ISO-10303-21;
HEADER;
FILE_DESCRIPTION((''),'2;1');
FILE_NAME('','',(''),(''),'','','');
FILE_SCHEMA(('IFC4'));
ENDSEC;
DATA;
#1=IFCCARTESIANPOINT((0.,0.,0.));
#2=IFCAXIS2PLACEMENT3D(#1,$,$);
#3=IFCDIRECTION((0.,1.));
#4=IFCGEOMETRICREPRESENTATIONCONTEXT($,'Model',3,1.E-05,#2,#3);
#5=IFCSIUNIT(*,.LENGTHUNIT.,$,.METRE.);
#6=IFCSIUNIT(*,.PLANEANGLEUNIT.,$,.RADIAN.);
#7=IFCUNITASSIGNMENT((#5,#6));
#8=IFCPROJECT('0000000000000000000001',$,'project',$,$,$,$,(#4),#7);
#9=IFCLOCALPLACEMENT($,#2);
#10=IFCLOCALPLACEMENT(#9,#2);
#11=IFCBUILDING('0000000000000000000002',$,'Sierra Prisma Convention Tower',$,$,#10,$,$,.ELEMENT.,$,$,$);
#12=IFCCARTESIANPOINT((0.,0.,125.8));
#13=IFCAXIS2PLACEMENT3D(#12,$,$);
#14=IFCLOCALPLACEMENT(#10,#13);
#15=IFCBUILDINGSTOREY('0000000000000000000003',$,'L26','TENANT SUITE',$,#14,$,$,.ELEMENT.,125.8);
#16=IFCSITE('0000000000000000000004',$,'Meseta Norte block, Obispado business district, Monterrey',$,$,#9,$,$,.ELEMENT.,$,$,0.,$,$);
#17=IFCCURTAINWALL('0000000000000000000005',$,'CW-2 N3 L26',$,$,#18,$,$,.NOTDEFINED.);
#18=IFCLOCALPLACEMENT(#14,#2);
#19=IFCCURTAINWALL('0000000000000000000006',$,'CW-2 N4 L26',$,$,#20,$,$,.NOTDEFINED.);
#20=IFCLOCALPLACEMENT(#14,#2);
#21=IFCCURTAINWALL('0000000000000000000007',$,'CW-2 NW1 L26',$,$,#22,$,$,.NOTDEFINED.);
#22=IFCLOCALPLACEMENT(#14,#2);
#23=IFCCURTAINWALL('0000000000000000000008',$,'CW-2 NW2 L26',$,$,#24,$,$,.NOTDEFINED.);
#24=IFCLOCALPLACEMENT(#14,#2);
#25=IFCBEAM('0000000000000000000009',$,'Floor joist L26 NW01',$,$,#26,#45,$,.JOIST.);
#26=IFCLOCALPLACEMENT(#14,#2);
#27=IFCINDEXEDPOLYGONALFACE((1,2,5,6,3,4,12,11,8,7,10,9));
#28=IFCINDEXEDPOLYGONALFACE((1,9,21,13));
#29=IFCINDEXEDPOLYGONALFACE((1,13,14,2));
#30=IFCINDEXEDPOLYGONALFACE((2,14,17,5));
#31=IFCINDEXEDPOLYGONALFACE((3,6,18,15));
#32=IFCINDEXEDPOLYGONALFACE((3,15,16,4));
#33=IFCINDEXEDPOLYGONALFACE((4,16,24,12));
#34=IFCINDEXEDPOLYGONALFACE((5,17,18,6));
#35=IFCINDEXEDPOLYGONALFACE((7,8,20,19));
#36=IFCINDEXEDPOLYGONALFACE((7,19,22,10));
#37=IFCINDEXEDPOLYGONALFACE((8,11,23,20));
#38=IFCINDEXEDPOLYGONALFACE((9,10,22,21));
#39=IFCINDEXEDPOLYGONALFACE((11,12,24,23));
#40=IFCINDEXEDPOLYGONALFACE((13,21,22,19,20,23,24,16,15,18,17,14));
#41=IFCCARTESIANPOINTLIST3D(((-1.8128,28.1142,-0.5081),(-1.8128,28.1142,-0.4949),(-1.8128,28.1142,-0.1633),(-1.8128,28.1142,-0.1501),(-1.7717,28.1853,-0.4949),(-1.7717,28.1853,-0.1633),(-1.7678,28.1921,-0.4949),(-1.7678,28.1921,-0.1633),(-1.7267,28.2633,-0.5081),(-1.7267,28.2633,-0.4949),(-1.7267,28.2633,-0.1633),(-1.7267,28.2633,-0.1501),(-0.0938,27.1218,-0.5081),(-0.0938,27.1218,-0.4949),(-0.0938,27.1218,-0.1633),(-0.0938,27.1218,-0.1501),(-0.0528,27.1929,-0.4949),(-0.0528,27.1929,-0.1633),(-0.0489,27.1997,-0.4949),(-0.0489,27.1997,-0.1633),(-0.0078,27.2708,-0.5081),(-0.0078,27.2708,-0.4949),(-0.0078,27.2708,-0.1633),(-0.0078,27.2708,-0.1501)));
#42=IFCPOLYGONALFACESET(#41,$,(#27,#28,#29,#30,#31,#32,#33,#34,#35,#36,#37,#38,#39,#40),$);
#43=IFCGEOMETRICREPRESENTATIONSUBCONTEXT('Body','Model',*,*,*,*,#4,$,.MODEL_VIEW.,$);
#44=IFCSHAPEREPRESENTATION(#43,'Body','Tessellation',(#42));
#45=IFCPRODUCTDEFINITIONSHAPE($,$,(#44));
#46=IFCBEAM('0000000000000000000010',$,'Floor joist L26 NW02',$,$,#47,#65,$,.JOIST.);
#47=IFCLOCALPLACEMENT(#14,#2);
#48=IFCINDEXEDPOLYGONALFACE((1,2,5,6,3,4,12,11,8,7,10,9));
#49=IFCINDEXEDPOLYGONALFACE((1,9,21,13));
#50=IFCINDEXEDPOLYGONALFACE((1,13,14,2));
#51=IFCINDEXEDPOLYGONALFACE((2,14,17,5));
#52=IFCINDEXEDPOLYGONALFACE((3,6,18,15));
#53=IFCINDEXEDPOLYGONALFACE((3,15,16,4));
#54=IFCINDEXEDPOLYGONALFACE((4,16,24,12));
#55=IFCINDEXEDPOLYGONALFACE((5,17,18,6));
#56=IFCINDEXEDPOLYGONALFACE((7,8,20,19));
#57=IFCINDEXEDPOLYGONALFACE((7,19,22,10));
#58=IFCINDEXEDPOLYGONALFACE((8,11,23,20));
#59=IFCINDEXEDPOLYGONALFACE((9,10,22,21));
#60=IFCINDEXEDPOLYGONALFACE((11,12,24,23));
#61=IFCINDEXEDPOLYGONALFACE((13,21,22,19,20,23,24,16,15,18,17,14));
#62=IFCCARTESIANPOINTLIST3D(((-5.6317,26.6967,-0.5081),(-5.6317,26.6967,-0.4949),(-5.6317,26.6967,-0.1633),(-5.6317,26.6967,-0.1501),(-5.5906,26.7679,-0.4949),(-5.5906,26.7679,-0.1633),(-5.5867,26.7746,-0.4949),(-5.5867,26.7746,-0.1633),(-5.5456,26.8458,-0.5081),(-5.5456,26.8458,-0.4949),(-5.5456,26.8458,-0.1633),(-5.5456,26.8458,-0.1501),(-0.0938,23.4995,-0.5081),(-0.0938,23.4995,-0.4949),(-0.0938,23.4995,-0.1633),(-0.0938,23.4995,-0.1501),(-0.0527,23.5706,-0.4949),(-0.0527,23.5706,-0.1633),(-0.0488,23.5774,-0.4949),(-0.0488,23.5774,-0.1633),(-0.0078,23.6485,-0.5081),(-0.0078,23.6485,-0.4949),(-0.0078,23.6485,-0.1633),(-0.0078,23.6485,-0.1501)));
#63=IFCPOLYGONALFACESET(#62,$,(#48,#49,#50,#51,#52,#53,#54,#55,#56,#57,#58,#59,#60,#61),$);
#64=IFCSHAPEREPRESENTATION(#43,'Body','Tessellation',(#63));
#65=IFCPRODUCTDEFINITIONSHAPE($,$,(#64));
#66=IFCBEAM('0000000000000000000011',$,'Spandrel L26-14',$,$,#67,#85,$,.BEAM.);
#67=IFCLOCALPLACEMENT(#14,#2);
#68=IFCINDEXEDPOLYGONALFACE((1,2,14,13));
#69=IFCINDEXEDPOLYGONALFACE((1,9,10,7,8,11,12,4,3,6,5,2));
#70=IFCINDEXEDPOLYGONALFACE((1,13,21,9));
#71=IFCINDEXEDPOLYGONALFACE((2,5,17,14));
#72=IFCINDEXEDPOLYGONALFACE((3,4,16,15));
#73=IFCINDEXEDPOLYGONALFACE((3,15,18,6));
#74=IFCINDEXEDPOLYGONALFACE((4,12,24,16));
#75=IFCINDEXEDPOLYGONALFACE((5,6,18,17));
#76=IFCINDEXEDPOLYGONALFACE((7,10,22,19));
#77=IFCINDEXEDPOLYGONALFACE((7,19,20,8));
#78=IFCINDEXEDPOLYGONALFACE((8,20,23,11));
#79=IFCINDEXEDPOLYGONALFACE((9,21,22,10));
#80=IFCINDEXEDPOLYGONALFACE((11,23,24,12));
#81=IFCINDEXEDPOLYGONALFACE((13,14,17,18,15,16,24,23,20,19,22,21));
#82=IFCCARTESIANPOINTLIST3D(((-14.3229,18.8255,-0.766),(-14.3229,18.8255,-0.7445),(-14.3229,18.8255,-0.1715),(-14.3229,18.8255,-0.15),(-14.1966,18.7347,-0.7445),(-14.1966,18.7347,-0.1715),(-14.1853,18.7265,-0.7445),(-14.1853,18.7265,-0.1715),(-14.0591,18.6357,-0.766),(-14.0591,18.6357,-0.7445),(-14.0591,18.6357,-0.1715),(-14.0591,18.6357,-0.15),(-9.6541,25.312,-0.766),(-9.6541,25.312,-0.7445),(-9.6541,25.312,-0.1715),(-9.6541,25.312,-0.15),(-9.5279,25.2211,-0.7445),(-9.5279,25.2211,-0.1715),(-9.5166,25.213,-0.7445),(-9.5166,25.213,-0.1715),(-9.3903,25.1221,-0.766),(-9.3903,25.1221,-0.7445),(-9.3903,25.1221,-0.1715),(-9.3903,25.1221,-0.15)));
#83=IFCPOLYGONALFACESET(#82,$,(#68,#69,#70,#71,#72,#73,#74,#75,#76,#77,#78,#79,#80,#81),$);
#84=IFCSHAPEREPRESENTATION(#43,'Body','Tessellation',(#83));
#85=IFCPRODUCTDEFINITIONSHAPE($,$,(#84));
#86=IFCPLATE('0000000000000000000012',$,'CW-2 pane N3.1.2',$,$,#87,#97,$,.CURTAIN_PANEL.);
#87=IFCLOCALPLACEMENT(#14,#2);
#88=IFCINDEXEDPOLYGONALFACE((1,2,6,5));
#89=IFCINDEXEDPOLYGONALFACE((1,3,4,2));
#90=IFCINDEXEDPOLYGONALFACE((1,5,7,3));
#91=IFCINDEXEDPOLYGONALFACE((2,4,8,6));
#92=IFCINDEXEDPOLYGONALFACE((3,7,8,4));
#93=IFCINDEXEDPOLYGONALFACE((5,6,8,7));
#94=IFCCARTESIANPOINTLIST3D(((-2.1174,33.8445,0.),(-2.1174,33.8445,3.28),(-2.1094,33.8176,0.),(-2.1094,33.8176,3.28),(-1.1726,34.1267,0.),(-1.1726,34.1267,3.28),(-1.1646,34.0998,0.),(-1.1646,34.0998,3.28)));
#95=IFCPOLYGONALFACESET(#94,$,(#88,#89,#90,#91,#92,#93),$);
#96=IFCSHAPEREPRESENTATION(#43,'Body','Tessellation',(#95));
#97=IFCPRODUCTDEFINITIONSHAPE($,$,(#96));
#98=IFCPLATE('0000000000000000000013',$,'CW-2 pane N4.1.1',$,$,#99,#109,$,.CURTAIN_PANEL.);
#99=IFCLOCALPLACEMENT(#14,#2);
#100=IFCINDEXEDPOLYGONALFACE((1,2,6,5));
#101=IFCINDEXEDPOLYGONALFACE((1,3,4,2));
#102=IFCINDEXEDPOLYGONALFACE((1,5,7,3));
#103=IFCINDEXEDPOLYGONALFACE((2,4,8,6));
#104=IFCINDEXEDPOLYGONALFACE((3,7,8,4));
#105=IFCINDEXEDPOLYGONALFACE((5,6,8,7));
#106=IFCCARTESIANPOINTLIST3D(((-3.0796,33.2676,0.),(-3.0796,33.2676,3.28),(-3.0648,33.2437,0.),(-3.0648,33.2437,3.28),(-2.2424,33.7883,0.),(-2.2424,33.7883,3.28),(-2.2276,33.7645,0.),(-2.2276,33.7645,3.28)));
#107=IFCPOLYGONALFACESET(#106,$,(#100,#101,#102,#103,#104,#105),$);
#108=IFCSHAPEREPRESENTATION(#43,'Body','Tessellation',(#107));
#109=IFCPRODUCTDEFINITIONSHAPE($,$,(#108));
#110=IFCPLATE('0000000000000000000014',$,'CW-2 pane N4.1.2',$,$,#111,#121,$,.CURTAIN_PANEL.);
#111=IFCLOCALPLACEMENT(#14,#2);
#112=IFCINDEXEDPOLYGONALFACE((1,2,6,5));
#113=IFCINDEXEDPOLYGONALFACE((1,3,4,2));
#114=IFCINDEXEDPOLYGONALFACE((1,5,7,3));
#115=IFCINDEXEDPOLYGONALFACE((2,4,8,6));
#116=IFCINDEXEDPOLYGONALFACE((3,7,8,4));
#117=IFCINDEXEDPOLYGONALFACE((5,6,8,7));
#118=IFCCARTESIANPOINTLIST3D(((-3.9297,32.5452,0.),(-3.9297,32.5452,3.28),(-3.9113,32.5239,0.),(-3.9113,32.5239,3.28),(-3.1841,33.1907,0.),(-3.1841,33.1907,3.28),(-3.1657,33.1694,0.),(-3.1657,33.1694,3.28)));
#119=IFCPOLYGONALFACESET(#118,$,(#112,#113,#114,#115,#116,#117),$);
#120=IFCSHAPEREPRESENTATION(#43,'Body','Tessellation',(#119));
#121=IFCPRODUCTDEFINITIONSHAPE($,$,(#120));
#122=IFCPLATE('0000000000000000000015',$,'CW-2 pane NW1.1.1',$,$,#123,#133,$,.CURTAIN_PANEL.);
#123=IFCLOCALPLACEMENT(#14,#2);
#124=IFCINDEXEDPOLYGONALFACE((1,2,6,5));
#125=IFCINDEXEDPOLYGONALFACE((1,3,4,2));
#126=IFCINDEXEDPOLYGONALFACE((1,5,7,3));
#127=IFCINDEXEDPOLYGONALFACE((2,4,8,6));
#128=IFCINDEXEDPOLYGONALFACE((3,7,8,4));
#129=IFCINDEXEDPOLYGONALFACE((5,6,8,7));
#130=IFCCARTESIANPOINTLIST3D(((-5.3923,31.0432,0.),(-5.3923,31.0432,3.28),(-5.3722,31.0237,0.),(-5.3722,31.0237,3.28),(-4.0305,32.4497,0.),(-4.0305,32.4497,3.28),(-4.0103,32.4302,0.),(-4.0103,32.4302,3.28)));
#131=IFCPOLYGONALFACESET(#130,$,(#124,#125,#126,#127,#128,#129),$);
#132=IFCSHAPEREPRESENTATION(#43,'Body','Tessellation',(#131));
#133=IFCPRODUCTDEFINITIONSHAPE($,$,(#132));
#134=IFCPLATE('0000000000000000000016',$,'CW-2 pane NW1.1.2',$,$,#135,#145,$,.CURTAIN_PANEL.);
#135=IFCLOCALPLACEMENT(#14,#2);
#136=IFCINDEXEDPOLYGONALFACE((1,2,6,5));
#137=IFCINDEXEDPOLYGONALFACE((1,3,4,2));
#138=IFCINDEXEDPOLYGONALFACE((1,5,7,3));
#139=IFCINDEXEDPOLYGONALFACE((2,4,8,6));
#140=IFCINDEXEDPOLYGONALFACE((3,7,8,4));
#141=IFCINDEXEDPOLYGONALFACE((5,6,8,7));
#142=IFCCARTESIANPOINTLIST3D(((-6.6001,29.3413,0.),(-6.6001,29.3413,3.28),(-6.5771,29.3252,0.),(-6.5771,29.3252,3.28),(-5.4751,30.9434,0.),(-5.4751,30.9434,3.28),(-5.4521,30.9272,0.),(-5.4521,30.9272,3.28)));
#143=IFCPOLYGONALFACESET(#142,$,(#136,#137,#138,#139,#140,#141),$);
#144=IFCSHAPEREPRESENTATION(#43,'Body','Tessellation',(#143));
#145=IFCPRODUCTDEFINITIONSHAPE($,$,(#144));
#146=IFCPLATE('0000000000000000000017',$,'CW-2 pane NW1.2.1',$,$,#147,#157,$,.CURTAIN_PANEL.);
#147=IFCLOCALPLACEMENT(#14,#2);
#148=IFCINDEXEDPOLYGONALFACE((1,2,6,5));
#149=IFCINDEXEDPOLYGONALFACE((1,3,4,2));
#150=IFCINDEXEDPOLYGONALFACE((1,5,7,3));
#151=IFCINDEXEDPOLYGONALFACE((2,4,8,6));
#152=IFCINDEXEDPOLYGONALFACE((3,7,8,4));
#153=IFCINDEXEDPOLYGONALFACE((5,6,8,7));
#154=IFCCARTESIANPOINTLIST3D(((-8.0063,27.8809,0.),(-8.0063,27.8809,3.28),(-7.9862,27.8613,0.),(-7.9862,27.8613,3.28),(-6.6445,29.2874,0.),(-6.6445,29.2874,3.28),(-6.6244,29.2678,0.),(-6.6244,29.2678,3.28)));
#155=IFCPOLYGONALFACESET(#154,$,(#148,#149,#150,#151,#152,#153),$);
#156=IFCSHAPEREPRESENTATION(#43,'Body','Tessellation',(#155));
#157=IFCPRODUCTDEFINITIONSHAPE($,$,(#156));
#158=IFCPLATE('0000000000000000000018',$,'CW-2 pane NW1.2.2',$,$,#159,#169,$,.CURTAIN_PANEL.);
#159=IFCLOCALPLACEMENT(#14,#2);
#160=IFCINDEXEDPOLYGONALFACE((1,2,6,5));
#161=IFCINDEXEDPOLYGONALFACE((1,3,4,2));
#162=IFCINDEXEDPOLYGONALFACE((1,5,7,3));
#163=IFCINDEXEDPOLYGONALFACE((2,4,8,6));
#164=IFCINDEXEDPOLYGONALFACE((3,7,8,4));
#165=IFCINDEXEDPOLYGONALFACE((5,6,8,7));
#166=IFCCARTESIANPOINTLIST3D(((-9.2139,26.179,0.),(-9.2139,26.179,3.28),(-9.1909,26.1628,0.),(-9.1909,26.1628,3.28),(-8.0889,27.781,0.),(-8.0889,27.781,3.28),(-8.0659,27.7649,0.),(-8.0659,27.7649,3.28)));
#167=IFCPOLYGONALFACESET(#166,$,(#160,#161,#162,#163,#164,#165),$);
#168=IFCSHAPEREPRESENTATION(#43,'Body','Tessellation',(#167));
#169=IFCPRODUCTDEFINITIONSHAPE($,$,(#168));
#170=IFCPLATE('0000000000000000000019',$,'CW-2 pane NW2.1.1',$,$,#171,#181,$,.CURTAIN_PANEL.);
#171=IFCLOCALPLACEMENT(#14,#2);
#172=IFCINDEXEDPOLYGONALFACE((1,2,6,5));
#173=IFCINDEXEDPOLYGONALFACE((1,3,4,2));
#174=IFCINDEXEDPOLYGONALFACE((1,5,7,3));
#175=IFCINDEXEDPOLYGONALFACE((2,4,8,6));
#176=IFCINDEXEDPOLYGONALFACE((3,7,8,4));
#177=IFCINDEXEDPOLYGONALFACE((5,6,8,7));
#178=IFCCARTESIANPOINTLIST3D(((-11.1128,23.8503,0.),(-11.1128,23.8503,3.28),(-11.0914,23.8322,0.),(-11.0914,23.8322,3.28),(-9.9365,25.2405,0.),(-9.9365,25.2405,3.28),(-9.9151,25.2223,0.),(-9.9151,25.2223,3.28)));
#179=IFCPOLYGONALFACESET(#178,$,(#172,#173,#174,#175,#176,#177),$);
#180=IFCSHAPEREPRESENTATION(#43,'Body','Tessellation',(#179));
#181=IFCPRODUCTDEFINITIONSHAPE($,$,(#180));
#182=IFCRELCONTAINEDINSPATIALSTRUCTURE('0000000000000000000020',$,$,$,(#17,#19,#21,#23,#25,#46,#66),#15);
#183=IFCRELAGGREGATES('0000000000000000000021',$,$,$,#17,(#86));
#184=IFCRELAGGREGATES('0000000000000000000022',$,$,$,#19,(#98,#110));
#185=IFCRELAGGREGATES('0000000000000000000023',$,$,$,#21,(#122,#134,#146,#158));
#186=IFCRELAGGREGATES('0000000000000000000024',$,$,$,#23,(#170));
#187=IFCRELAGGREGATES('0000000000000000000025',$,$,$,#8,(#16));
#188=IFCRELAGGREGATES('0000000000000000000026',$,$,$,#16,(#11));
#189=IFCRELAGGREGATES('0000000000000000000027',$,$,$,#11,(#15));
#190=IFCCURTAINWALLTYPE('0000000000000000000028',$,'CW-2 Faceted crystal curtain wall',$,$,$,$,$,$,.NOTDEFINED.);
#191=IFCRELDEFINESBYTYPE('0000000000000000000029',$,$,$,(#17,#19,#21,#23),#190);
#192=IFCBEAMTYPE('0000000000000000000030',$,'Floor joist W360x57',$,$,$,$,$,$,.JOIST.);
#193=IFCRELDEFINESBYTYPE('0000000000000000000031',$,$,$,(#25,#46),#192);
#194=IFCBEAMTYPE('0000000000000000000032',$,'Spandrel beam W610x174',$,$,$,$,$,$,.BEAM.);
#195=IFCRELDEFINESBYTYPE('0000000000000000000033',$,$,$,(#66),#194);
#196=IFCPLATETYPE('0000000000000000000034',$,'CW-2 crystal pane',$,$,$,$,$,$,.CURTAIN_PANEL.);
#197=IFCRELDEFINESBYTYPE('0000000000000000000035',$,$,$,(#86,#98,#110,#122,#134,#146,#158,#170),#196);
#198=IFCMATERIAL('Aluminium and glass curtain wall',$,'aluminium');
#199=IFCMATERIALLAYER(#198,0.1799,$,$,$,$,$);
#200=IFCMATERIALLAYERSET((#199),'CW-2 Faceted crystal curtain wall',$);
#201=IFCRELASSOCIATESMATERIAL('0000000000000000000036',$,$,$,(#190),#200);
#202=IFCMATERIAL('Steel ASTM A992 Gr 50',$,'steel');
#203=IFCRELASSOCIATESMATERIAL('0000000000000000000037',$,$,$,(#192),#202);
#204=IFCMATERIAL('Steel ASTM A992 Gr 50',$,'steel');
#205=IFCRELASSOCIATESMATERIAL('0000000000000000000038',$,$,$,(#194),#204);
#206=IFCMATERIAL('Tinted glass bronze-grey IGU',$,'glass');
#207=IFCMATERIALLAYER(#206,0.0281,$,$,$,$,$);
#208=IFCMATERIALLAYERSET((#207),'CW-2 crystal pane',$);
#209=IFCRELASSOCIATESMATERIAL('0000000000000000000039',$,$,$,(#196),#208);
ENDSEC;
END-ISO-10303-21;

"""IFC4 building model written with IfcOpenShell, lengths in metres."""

from ifc_helpers import new_model, si_unit, direction, frame, origin, origin_2d, place, context, subcontext, project, spatial, polyline, i_section, outline, extrude, material, layer, layer_set, material_profile, profile_set, type_object, element, aggregate, save


model = new_model("IFC4")

# Units and contexts
model_context = context("Model", 3, precision=1e-05, world=origin(), true_north=direction((0.0, 1.0)))
body_context = subcontext(model_context, "Body", "Model", "MODEL_VIEW")
ifc_project = project(units=[si_unit("LENGTHUNIT", "METRE"), si_unit("PLANEANGLEUNIT", "RADIAN")], contexts=[model_context])

# Site, building, storey
site_placement = place(None, origin())
site = spatial("IfcSite", under=ifc_project, at=site_placement, Name="Meseta Norte block, Obispado business district, Monterrey", CompositionType="ELEMENT", RefElevation=0.0)
building_placement = place(site_placement, origin())
building = spatial("IfcBuilding", under=site, at=building_placement, Name="Sierra Prisma Convention Tower", CompositionType="ELEMENT")
storey_placement = place(building_placement, frame((0.0, 0.0, 125.8)))
storey = spatial("IfcBuildingStorey", under=building, at=storey_placement, Name="L26", Description="TENANT SUITE", CompositionType="ELEMENT", Elevation=125.8)

# Curtain walls
ifc_material_1 = material(Name="Aluminium and glass curtain wall", Category="aluminium")
ifc_layer_1 = layer(ifc_material_1, 0.1799)
ifc_layer_set_1 = layer_set([ifc_layer_1], Name="CW-2 Faceted crystal curtain wall")
curtain_wall_type = type_object("IfcCurtainWallType", Name="CW-2 Faceted crystal curtain wall", PredefinedType="NOTDEFINED", material=ifc_layer_set_1)
curtain_wall_1_placement = place(storey_placement, origin())
curtain_wall_1 = element("IfcCurtainWall", 1, at=curtain_wall_1_placement, inside=storey, type_object=curtain_wall_type, Name="CW-2 N3 L26", PredefinedType="NOTDEFINED")
curtain_wall_2_placement = place(storey_placement, origin())
curtain_wall_2 = element("IfcCurtainWall", 2, at=curtain_wall_2_placement, inside=storey, type_object=curtain_wall_type, Name="CW-2 N4 L26", PredefinedType="NOTDEFINED")

# Curtain wall
curtain_wall_3_placement = place(storey_placement, origin())
curtain_wall_3 = element("IfcCurtainWall", 3, at=curtain_wall_3_placement, inside=storey, type_object=curtain_wall_type, Name="CW-2 NW1 L26", PredefinedType="NOTDEFINED")

# Curtain wall
curtain_wall_4_placement = place(storey_placement, origin())
curtain_wall_4 = element("IfcCurtainWall", 4, at=curtain_wall_4_placement, inside=storey, type_object=curtain_wall_type, Name="CW-2 NW2 L26", PredefinedType="NOTDEFINED")

# Beams
ifc_material_2 = material(Name="Steel ASTM A992 Gr 50", Category="steel")
ifc_material_profile_1 = material_profile(ifc_material_2, i_section(OverallWidth=0.1721, OverallDepth=0.3579, WebThickness=0.0078, FlangeThickness=0.0132, at=origin_2d()), Name="W360x57")
ifc_profile_set_1 = profile_set([ifc_material_profile_1], Name="Steel ASTM A992 Gr 50")
beam_type_1 = type_object("IfcBeamType", Name="Floor joist W360x57", PredefinedType="JOIST", material=ifc_profile_set_1)
beam_1_placement = place(storey_placement, frame((-1.7698, 28.1887, -0.3291), z_axis=(0.866032, -0.499989, 0.0), x_axis=(0.499989, 0.866032, 0.0)))
element("IfcBeam", 5, at=beam_1_placement, inside=storey, type_object=beam_type_1, Name="Floor joist L26 NW01", PredefinedType="JOIST", context=body_context, shape_type="SweptSolid", body=[
    extrude(i_section(OverallWidth=0.1721, OverallDepth=0.3579, WebThickness=0.0078, FlangeThickness=0.0132, at=origin_2d()), origin(), (0.0, 0.0, 1.0), 1.9849),
])
beam_2_placement = place(storey_placement, frame((-5.5886, 26.7712, -0.3291), z_axis=(0.866026, -0.499999, 0.0), x_axis=(0.499999, 0.866026, 0.0)))
element("IfcBeam", 6, at=beam_2_placement, inside=storey, type_object=beam_type_1, Name="Floor joist L26 NW02", PredefinedType="JOIST", context=body_context, shape_type="SweptSolid", body=[
    extrude(i_section(OverallWidth=0.1721, OverallDepth=0.3579, WebThickness=0.0078, FlangeThickness=0.0132, at=origin_2d()), origin(), (0.0, 0.0, 1.0), 6.3945),
])
ifc_material_3 = material(Name="Steel ASTM A992 Gr 50", Category="steel")
ifc_material_profile_2 = material_profile(ifc_material_3, i_section(OverallWidth=0.325, OverallDepth=0.616, WebThickness=0.0139, FlangeThickness=0.0215, at=origin_2d()), Name="W610x174")
ifc_profile_set_2 = profile_set([ifc_material_profile_2], Name="Steel ASTM A992 Gr 50")
beam_type_2 = type_object("IfcBeamType", Name="Spandrel beam W610x174", PredefinedType="BEAM", material=ifc_profile_set_2)
beam_3_placement = place(storey_placement, frame((-9.5222, 25.217, -0.458), z_axis=(-0.584185, -0.811621, 0.0), x_axis=(0.811621, -0.584185, 0.0)))
element("IfcBeam", 7, at=beam_3_placement, inside=storey, type_object=beam_type_2, Name="Spandrel L26-14", PredefinedType="BEAM", context=body_context, shape_type="SweptSolid", body=[
    extrude(i_section(OverallWidth=0.325, OverallDepth=0.616, WebThickness=0.0139, FlangeThickness=0.0215, at=origin_2d()), origin(), (0.0, 0.0, 1.0), 7.9919),
])

# Plates
ifc_material_4 = material(Name="Tinted glass bronze-grey IGU", Category="glass")
ifc_layer_2 = layer(ifc_material_4, 0.0281)
ifc_layer_set_2 = layer_set([ifc_layer_2], Name="CW-2 crystal pane")
plate_type = type_object("IfcPlateType", Name="CW-2 crystal pane", PredefinedType="CURTAIN_PANEL", material=ifc_layer_set_2)
plate_1_placement = place(storey_placement, frame((-2.1174, 33.8445, 0.0), z_axis=(-0.286212, 0.958166, 0.0), x_axis=(0.958166, 0.286212, 0.0)))
plate_1 = element("IfcPlate", 8, at=plate_1_placement, type_object=plate_type, Name="CW-2 pane N3.1.2", PredefinedType="CURTAIN_PANEL", context=body_context, shape_type="SweptSolid", body=[
    extrude(outline(polyline([(0.0, 0.0), (0.9861, 0.0), (0.9861, -3.28), (0.0, -3.28), (0.0, 0.0)])), origin(), (0.0, 0.0, -1.0), 0.0281),
])
aggregate(curtain_wall_1, [plate_1])
plate_2_placement = place(storey_placement, frame((-2.2424, 33.7883, 0.0), z_axis=(-0.528195, 0.849123, 0.0), x_axis=(-0.849123, -0.528195, 0.0)))
plate_2 = element("IfcPlate", 9, at=plate_2_placement, type_object=plate_type, Name="CW-2 pane N4.1.1", PredefinedType="CURTAIN_PANEL", context=body_context, shape_type="SweptSolid", body=[
    extrude(outline(polyline([(0.0, 0.0), (0.9859, 0.0), (0.9859, 3.28), (0.0, 3.28), (0.0, 0.0)])), origin(), (0.0, 0.0, -1.0), 0.0281),
])
plate_3_placement = place(storey_placement, frame((-3.9297, 32.5452, 0.0), z_axis=(-0.654535, 0.756032, 0.0), x_axis=(0.756032, 0.654535, 0.0)))
plate_3 = element("IfcPlate", 10, at=plate_3_placement, type_object=plate_type, Name="CW-2 pane N4.1.2", PredefinedType="CURTAIN_PANEL", context=body_context, shape_type="SweptSolid", body=[
    extrude(outline(polyline([(0.0, 0.0), (0.9862, 0.0), (0.9862, -3.28), (0.0, -3.28), (0.0, 0.0)])), origin(), (0.0, 0.0, -1.0), 0.0281),
])
aggregate(curtain_wall_2, [plate_2, plate_3])
plate_4_placement = place(storey_placement, frame((-4.0305, 32.4497, 0.0), z_axis=(-0.718425, 0.695604, 0.0), x_axis=(-0.695604, -0.718425, 0.0)))
plate_4 = element("IfcPlate", 11, at=plate_4_placement, type_object=plate_type, Name="CW-2 pane NW1.1.1", PredefinedType="CURTAIN_PANEL", context=body_context, shape_type="SweptSolid", body=[
    extrude(outline(polyline([(0.0, 0.0), (1.9577, 0.0), (1.9577, 3.28), (0.0, 3.28), (0.0, 0.0)])), origin(), (0.0, 0.0, -1.0), 0.0281),
])
plate_5_placement = place(storey_placement, frame((-6.6001, 29.3413, 0.0), z_axis=(-0.818376, 0.574684, 0.0), x_axis=(0.574684, 0.818376, 0.0)))
plate_5 = element("IfcPlate", 12, at=plate_5_placement, type_object=plate_type, Name="CW-2 pane NW1.1.2", PredefinedType="CURTAIN_PANEL", context=body_context, shape_type="SweptSolid", body=[
    extrude(outline(polyline([(0.0, 0.0), (1.9576, 0.0), (1.9576, -3.28), (0.0, -3.28), (0.0, 0.0)])), origin(), (0.0, 0.0, -1.0), 0.0281),
])
plate_6_placement = place(storey_placement, frame((-6.6445, 29.2874, 0.0), z_axis=(-0.718425, 0.695604, 0.0), x_axis=(-0.695604, -0.718425, 0.0)))
plate_6 = element("IfcPlate", 13, at=plate_6_placement, type_object=plate_type, Name="CW-2 pane NW1.2.1", PredefinedType="CURTAIN_PANEL", context=body_context, shape_type="SweptSolid", body=[
    extrude(outline(polyline([(0.0, 0.0), (1.9577, 0.0), (1.9577, 3.28), (0.0, 3.28), (0.0, 0.0)])), origin(), (0.0, 0.0, -1.0), 0.0281),
])
plate_7_placement = place(storey_placement, frame((-9.2139, 26.179, 0.0), z_axis=(-0.818376, 0.574684, 0.0), x_axis=(0.574684, 0.818376, 0.0)))
plate_7 = element("IfcPlate", 14, at=plate_7_placement, type_object=plate_type, Name="CW-2 pane NW1.2.2", PredefinedType="CURTAIN_PANEL", context=body_context, shape_type="SweptSolid", body=[
    extrude(outline(polyline([(0.0, 0.0), (1.9576, 0.0), (1.9576, -3.28), (0.0, -3.28), (0.0, 0.0)])), origin(), (0.0, 0.0, -1.0), 0.0281),
])
aggregate(curtain_wall_3, [plate_4, plate_5, plate_6, plate_7])
plate_8_placement = place(storey_placement, frame((-9.9365, 25.2405, 0.0), z_axis=(-0.763386, 0.645942, 0.0), x_axis=(-0.645942, -0.763386, 0.0)))
plate_8 = element("IfcPlate", 15, at=plate_8_placement, type_object=plate_type, Name="CW-2 pane NW2.1.1", PredefinedType="CURTAIN_PANEL", context=body_context, shape_type="SweptSolid", body=[
    extrude(outline(polyline([(0.0, 0.0), (1.821, 0.0), (1.821, 3.28), (0.0, 3.28), (0.0, 0.0)])), origin(), (0.0, 0.0, -1.0), 0.0281),
])
aggregate(curtain_wall_4, [plate_8])

save(model, "model.ifc")
